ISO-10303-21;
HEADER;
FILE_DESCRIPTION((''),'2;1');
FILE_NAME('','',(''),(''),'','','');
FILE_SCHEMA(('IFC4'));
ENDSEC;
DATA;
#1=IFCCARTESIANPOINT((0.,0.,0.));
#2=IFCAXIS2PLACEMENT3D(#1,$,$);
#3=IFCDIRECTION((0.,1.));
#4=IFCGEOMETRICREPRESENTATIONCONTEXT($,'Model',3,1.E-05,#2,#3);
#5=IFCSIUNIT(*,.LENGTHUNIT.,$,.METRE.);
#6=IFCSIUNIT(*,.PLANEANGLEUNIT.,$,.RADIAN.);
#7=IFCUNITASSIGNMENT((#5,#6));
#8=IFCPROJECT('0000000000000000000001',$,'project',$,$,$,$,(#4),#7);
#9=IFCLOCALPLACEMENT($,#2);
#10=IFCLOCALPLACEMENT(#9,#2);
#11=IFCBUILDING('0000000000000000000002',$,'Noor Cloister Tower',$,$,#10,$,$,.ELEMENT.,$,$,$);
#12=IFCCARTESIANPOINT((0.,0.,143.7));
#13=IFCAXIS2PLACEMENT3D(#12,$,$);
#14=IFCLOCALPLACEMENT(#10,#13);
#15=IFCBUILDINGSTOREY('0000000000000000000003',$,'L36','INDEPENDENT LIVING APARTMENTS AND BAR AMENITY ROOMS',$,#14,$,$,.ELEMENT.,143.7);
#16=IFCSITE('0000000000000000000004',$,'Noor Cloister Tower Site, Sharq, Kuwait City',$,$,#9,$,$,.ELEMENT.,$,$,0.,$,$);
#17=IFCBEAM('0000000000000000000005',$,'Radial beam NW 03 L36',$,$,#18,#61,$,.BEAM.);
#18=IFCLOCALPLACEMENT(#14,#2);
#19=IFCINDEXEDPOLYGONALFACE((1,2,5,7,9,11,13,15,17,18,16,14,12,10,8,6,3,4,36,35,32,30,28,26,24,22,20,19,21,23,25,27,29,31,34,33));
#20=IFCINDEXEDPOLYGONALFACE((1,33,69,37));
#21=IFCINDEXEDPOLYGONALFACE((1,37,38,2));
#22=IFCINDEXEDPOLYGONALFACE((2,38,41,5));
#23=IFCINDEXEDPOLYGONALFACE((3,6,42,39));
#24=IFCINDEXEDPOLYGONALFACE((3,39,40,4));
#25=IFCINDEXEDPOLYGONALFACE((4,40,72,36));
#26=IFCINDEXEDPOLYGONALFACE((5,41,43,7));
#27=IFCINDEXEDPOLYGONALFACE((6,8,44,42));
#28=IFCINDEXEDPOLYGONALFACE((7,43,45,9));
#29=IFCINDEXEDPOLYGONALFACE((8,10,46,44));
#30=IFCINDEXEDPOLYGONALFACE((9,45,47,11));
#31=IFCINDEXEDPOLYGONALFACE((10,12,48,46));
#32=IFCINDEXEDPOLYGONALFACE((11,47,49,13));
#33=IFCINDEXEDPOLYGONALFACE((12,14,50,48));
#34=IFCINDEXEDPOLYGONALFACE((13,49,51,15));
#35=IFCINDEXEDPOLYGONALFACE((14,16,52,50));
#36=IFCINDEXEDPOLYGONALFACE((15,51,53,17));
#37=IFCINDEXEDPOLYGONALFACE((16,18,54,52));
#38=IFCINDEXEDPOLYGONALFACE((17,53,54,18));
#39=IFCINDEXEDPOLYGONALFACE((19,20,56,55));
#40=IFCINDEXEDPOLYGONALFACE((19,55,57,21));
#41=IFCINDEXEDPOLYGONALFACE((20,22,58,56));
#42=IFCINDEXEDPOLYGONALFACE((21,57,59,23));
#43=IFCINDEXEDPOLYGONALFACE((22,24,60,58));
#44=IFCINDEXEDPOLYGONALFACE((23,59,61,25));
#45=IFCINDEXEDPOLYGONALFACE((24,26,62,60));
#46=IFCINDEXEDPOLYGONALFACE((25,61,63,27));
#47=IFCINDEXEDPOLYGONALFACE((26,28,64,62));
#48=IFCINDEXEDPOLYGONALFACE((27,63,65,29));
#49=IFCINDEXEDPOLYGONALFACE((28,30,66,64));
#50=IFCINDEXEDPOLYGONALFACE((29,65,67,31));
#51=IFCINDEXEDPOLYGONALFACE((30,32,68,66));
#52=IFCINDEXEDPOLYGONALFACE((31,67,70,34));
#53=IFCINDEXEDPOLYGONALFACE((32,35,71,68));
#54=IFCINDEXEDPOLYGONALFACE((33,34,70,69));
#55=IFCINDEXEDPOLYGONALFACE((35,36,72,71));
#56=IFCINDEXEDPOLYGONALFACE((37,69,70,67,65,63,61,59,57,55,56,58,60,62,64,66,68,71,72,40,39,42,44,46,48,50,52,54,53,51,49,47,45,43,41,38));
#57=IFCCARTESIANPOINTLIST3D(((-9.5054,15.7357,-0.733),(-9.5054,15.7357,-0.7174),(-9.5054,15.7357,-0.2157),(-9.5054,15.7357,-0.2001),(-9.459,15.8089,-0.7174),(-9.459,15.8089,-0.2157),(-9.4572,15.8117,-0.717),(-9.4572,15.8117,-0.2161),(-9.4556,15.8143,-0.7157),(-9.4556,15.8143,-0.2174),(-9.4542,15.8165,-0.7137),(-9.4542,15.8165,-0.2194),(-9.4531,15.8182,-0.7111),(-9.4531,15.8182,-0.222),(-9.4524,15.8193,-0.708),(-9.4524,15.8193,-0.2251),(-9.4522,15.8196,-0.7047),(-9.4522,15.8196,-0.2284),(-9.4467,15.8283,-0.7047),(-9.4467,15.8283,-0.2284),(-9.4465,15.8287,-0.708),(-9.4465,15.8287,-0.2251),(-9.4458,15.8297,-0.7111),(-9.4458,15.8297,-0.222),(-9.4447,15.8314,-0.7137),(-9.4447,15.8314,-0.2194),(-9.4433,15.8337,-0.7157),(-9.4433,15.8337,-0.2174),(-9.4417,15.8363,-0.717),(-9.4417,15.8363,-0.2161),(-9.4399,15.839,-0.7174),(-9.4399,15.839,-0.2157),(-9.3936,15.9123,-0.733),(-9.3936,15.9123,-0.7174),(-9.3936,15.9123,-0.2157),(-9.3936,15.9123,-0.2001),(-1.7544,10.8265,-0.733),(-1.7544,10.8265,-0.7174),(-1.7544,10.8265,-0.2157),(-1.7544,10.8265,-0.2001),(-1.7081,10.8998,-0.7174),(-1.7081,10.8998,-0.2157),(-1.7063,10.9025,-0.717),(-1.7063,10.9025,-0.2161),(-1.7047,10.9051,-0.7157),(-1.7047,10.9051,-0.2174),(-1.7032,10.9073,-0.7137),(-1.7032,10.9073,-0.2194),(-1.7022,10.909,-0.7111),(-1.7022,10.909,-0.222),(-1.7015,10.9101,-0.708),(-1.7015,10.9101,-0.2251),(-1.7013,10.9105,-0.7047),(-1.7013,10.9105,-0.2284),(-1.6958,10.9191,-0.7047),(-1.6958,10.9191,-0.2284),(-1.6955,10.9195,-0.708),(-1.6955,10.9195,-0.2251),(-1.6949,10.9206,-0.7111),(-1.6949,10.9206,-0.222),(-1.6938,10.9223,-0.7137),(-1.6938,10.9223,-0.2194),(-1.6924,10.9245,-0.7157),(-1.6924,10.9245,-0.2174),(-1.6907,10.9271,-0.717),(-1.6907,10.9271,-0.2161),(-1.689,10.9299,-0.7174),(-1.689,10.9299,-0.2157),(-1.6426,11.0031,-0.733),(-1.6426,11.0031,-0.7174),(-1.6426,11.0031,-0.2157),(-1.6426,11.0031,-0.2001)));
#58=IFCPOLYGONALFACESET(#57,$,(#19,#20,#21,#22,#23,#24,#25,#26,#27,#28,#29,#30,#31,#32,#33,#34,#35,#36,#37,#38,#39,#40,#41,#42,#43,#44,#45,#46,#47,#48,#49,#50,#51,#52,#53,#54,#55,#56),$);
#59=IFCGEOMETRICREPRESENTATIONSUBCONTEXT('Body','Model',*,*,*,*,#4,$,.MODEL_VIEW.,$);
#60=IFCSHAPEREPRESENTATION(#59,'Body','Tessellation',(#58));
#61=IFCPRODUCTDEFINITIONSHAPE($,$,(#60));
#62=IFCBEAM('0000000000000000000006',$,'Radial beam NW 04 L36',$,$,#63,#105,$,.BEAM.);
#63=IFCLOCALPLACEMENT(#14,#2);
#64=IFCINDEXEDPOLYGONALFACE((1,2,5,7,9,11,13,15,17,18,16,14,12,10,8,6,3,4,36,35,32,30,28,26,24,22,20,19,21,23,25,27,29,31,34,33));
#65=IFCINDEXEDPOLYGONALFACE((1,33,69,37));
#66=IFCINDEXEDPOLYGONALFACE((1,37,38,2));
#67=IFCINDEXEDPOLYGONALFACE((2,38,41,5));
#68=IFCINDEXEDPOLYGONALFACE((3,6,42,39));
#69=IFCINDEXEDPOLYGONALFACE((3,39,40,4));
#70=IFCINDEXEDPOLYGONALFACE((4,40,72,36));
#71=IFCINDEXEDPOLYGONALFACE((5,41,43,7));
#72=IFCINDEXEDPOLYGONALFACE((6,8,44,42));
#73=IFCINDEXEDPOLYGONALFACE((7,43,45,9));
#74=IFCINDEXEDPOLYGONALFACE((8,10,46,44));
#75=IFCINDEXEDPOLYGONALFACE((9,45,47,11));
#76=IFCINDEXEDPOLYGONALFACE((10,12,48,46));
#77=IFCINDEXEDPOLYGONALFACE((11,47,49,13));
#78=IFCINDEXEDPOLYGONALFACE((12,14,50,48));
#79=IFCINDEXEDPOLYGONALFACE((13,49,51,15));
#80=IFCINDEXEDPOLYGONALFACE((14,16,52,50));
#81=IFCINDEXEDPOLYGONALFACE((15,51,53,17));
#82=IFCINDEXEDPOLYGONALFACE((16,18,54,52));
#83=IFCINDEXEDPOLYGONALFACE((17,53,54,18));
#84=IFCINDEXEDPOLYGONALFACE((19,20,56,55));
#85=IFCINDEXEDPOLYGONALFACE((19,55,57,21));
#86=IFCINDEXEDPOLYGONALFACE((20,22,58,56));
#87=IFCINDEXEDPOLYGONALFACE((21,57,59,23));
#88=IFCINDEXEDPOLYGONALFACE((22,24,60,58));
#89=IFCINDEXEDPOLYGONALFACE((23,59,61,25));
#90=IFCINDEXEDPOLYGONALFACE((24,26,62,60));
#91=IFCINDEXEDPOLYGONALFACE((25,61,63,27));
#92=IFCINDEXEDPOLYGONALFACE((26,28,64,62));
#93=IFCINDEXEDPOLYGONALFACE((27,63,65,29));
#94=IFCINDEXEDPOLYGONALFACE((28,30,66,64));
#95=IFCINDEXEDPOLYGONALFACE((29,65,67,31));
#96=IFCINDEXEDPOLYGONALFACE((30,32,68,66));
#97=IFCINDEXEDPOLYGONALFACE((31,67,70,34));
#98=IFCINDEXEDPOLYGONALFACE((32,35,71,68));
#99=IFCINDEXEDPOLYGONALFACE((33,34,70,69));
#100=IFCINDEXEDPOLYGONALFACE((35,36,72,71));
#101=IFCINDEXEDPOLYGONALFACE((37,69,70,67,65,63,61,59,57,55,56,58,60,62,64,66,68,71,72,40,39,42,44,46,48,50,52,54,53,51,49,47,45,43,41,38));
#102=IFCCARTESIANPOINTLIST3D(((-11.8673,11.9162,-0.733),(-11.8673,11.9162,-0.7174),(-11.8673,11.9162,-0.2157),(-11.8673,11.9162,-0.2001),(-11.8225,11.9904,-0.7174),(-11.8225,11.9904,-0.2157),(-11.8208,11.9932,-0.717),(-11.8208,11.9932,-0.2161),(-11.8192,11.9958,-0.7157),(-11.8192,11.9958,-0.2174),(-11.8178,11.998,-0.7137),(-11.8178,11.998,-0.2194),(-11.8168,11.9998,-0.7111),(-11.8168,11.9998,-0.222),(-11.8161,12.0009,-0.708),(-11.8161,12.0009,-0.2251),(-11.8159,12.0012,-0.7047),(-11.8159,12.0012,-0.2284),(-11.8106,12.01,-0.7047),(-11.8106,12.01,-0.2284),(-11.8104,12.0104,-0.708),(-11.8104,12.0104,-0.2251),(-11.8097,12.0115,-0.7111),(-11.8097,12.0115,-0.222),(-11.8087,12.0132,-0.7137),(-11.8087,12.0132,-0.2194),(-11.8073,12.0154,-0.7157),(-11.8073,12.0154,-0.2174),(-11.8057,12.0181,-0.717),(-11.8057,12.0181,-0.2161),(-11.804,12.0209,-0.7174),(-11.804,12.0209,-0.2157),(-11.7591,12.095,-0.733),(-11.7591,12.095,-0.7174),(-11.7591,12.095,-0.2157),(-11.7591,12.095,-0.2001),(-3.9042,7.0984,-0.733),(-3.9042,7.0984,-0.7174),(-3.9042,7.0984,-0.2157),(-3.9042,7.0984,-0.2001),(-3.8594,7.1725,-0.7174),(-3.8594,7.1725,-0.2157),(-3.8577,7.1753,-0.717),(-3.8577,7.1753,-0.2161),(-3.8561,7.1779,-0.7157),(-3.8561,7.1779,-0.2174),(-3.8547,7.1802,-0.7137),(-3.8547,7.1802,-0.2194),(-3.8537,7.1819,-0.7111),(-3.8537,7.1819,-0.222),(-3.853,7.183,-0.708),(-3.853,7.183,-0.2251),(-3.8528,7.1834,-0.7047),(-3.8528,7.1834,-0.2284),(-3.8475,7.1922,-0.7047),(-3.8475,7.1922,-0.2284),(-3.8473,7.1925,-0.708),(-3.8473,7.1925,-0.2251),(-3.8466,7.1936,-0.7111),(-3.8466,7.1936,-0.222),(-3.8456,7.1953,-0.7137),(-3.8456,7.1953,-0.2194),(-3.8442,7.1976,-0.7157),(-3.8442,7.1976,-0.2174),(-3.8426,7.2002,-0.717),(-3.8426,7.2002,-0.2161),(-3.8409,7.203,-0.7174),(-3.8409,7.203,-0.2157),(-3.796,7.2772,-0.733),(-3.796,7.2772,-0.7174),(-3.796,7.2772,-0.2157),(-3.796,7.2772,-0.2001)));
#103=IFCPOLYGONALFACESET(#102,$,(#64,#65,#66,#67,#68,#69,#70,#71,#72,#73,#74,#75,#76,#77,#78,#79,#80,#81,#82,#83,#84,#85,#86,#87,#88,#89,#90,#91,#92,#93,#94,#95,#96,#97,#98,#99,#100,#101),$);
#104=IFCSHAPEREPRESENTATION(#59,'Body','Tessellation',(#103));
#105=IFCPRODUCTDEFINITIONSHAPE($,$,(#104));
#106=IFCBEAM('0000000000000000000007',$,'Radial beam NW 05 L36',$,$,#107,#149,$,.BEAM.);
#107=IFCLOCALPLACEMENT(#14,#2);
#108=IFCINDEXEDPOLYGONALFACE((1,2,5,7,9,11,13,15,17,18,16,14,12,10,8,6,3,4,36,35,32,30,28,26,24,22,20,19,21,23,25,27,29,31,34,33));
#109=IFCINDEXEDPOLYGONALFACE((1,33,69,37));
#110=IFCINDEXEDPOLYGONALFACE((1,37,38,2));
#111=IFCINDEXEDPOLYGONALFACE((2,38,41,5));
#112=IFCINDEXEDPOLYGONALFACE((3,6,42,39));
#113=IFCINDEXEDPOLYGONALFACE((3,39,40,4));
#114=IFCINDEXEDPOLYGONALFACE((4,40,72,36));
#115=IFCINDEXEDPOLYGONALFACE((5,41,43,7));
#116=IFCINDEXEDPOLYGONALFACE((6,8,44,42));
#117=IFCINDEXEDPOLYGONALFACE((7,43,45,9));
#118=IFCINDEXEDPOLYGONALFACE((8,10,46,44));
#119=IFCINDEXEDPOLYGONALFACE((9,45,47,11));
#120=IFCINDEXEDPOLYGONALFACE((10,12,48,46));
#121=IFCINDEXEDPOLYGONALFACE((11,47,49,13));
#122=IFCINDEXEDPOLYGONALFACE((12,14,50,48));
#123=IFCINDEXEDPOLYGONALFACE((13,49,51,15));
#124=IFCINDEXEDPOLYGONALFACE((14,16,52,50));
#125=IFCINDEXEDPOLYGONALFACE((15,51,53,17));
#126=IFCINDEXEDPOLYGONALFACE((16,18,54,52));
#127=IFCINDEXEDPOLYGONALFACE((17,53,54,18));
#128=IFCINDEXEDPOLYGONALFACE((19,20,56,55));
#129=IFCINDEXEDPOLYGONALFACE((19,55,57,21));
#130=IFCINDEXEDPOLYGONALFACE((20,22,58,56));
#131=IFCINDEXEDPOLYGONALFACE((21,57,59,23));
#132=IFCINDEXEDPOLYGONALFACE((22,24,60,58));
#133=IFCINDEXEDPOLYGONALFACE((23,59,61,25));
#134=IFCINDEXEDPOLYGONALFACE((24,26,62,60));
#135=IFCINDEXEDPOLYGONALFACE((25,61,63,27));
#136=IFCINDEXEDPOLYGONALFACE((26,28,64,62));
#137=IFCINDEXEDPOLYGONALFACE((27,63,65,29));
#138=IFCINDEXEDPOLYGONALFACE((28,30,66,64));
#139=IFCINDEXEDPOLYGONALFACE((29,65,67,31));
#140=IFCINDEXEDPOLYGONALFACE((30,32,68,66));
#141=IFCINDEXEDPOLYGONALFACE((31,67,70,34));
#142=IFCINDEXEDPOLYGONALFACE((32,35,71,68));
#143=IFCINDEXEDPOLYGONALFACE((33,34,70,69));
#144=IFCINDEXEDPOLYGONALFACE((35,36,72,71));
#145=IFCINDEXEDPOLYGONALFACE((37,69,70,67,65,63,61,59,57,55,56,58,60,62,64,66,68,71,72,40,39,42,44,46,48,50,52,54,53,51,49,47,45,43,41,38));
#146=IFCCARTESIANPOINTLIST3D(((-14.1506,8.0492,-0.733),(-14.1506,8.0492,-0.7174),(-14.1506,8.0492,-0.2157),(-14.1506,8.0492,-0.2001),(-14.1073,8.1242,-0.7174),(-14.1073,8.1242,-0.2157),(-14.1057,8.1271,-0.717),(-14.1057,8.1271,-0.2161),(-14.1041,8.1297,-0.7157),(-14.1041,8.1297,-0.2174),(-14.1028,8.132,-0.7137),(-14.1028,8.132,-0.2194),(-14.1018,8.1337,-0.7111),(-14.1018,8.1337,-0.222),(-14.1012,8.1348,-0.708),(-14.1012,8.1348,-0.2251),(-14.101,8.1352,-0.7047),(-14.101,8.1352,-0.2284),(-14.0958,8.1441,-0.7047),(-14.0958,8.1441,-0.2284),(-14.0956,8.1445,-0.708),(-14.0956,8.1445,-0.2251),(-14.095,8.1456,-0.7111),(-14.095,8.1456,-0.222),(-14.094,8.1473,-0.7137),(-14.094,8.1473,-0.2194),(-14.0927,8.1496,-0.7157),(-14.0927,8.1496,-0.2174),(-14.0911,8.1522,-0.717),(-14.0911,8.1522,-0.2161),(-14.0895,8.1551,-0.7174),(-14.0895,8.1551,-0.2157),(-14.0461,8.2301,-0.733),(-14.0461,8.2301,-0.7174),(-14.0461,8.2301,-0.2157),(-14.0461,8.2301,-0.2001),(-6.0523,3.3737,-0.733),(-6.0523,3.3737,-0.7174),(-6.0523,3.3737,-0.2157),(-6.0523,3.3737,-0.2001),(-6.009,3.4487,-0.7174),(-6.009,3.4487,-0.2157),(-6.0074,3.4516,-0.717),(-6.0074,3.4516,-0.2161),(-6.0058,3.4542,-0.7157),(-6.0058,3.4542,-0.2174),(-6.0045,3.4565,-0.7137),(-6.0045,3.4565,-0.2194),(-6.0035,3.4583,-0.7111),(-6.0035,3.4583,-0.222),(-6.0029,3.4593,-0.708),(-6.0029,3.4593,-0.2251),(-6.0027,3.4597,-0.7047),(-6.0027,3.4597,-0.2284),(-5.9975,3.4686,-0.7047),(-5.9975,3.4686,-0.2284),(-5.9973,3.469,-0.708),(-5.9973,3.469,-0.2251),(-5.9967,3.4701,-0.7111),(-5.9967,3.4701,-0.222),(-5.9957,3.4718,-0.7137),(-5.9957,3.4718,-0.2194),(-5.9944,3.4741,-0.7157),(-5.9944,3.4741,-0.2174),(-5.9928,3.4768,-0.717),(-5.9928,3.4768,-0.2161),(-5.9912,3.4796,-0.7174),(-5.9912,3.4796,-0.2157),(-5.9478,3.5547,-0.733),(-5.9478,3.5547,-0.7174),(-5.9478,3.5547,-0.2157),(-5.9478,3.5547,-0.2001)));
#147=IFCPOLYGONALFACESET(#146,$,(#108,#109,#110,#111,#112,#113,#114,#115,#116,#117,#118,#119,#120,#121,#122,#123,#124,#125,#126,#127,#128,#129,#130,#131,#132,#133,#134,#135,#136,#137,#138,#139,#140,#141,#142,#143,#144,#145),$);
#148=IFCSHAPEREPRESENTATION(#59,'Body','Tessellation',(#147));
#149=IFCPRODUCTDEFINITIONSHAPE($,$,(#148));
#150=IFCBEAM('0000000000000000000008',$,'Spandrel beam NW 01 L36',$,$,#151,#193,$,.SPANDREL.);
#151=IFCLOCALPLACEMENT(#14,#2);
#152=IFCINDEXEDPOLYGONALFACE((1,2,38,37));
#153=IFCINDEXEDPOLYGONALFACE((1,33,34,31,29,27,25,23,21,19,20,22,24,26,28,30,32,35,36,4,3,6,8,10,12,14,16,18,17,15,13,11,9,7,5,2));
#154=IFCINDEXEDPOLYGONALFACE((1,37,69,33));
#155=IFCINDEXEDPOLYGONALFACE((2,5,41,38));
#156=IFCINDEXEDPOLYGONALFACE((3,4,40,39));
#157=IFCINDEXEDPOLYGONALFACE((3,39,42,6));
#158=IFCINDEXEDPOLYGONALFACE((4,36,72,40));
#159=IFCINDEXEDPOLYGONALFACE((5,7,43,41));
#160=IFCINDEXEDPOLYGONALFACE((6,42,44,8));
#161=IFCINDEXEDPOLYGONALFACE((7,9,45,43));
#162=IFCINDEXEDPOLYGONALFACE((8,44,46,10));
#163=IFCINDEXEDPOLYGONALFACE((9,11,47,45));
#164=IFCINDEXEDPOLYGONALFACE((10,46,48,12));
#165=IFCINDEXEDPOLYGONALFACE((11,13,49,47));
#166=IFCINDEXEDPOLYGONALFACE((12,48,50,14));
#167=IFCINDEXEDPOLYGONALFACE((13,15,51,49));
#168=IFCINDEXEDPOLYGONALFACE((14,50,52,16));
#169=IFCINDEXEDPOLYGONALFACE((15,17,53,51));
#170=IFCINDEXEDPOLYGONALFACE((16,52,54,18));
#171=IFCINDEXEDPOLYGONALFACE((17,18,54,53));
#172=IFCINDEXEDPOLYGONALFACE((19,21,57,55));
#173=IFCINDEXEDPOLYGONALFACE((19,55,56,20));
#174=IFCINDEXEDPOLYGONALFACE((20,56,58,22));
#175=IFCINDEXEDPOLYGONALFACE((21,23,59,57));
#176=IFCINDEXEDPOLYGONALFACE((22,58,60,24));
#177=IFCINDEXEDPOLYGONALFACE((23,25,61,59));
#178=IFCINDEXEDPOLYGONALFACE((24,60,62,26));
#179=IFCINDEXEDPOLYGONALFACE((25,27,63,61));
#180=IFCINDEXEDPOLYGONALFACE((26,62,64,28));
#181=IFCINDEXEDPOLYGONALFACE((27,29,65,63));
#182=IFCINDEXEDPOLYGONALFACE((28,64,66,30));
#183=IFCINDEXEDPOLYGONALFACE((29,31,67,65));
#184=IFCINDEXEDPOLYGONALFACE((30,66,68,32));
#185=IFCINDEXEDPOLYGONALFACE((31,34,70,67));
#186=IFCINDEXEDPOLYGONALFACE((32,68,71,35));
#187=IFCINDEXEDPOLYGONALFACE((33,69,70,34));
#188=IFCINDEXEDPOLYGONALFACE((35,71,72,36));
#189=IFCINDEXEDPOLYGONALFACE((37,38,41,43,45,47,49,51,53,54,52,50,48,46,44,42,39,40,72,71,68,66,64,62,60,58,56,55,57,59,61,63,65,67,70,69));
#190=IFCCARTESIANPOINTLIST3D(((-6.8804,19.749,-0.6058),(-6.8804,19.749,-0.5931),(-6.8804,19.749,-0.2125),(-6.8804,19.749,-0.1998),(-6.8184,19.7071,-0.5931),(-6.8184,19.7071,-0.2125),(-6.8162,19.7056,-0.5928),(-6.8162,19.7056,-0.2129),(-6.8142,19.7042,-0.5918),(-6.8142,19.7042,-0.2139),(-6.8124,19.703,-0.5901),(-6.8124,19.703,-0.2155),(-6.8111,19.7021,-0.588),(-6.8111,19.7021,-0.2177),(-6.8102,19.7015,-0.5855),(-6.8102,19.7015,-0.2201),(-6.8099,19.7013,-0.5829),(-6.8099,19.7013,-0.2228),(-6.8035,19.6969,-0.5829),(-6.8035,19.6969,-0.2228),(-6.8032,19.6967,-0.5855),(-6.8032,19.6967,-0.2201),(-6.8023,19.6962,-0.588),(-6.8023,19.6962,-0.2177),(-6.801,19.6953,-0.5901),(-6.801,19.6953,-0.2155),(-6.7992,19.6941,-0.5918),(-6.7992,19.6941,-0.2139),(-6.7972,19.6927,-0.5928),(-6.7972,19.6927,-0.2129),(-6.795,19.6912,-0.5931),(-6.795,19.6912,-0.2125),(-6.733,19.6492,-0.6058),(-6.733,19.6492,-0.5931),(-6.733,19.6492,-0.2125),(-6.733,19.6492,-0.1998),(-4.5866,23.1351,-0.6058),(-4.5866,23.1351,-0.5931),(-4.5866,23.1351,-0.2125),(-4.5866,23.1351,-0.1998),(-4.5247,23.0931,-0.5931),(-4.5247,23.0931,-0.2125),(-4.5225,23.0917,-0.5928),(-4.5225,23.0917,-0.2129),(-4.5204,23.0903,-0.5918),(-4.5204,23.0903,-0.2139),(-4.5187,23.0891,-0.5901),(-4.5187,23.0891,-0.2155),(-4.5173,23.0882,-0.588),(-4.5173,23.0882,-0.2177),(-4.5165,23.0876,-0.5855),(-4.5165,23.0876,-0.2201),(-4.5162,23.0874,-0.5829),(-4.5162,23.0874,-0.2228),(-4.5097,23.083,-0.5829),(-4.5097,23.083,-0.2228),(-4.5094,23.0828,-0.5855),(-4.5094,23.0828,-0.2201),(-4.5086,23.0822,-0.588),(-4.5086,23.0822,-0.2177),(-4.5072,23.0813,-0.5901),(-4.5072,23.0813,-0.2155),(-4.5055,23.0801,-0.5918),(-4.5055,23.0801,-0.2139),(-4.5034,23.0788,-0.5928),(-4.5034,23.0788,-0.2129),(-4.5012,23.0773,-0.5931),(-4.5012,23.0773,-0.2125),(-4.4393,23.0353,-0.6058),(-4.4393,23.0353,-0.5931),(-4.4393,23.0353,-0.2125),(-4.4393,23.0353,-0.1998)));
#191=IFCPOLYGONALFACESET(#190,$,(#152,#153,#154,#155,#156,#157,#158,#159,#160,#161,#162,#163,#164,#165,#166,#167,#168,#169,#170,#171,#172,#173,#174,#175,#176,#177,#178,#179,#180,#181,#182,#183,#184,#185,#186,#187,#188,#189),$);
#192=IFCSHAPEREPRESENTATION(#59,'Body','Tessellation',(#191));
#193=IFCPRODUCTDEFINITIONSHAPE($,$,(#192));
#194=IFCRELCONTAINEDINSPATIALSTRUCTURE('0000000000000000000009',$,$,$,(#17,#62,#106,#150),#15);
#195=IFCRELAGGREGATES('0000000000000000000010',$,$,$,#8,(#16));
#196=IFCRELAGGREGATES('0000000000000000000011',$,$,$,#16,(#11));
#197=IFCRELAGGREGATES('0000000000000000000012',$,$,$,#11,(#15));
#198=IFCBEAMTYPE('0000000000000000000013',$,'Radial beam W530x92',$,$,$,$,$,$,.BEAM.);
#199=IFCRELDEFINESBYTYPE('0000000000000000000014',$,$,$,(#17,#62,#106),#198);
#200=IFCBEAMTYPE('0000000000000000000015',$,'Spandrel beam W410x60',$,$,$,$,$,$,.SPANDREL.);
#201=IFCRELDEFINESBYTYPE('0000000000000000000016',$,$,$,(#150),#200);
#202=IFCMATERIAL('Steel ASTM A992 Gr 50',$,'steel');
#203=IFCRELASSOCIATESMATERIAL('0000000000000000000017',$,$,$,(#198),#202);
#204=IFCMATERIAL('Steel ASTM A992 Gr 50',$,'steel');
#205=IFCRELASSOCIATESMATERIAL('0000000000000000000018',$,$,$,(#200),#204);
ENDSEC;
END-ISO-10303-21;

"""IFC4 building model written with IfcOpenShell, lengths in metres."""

from ifc_helpers import new_model, si_unit, direction, frame, origin, origin_2d, place, context, subcontext, project, spatial, i_section, extrude, material, material_profile, profile_set, type_object, element, save


model = new_model("IFC4")

# Units and contexts
model_context = context("Model", 3, precision=1e-05, world=origin(), true_north=direction((0.0, 1.0)))
body_context = subcontext(model_context, "Body", "Model", "MODEL_VIEW")
ifc_project = project(units=[si_unit("LENGTHUNIT", "METRE"), si_unit("PLANEANGLEUNIT", "RADIAN")], contexts=[model_context])

# Site, building, storey
site_placement = place(None, origin())
site = spatial("IfcSite", under=ifc_project, at=site_placement, Name="Noor Cloister Tower Site, Sharq, Kuwait City", CompositionType="ELEMENT", RefElevation=0.0)
building_placement = place(site_placement, origin())
building = spatial("IfcBuilding", under=site, at=building_placement, Name="Noor Cloister Tower", CompositionType="ELEMENT")
storey_placement = place(building_placement, frame((0.0, 0.0, 143.7)))
storey = spatial("IfcBuildingStorey", under=building, at=storey_placement, Name="L36", Description="INDEPENDENT LIVING APARTMENTS AND BAR AMENITY ROOMS", CompositionType="ELEMENT", Elevation=143.7)

# Beams
ifc_material_1 = material(Name="Steel ASTM A992 Gr 50", Category="steel")
ifc_material_profile_1 = material_profile(ifc_material_1, i_section(OverallWidth=0.209, OverallDepth=0.533, WebThickness=0.0103, FlangeThickness=0.0156, FilletRadius=0.0127, at=origin_2d()), Name="W530x92")
ifc_profile_set_1 = profile_set([ifc_material_profile_1], Name="Steel ASTM A992 Gr 50")
beam_type_1 = type_object("IfcBeamType", Name="Radial beam W530x92", PredefinedType="BEAM", material=ifc_profile_set_1)
beam_1_placement = place(storey_placement, frame((-9.4495, 15.824, -0.4666), z_axis=(0.844808, -0.53507, 0.0), x_axis=(0.53507, 0.844808, 0.0)))
element("IfcBeam", 1, at=beam_1_placement, inside=storey, type_object=beam_type_1, Name="Radial beam NW 03 L36", PredefinedType="BEAM", context=body_context, shape_type="SweptSolid", body=[
    extrude(i_section(OverallWidth=0.209, OverallDepth=0.533, WebThickness=0.0103, FlangeThickness=0.0156, FilletRadius=0.0127, at=origin_2d()), origin(), (0.0, 0.0, 1.0), 9.1748),
])
beam_2_placement = place(storey_placement, frame((-11.8132, 12.0056, -0.4666), z_axis=(0.855591, -0.517652, 0.0), x_axis=(0.517652, 0.855591, 0.0)))
element("IfcBeam", 2, at=beam_2_placement, inside=storey, type_object=beam_type_1, Name="Radial beam NW 04 L36", PredefinedType="BEAM", context=body_context, shape_type="SweptSolid", body=[
    extrude(i_section(OverallWidth=0.209, OverallDepth=0.533, WebThickness=0.0103, FlangeThickness=0.0156, FilletRadius=0.0127, at=origin_2d()), origin(), (0.0, 0.0, 1.0), 9.3071),
])
beam_3_placement = place(storey_placement, frame((-14.0984, 8.1396, -0.4666), z_axis=(0.866029, -0.499994, 0.0), x_axis=(0.499994, 0.866029, 0.0)))
element("IfcBeam", 3, at=beam_3_placement, inside=storey, type_object=beam_type_1, Name="Radial beam NW 05 L36", PredefinedType="BEAM", context=body_context, shape_type="SweptSolid", body=[
    extrude(i_section(OverallWidth=0.209, OverallDepth=0.533, WebThickness=0.0103, FlangeThickness=0.0156, FilletRadius=0.0127, at=origin_2d()), origin(), (0.0, 0.0, 1.0), 9.3511),
])
ifc_material_2 = material(Name="Steel ASTM A992 Gr 50", Category="steel")
ifc_material_profile_2 = material_profile(ifc_material_2, i_section(OverallWidth=0.178, OverallDepth=0.406, WebThickness=0.0078, FlangeThickness=0.0127, FilletRadius=0.0103, at=origin_2d()), Name="W410x60")
ifc_profile_set_2 = profile_set([ifc_material_profile_2], Name="Steel ASTM A992 Gr 50")
beam_type_2 = type_object("IfcBeamType", Name="Spandrel beam W410x60", PredefinedType="SPANDREL", material=ifc_profile_set_2)
beam_4_placement = place(storey_placement, frame((-4.5129, 23.0852, -0.4028), z_axis=(-0.560843, -0.827922, 0.0), x_axis=(0.827922, -0.560843, 0.0)))
element("IfcBeam", 4, at=beam_4_placement, inside=storey, type_object=beam_type_2, Name="Spandrel beam NW 01 L36", PredefinedType="SPANDREL", context=body_context, shape_type="SweptSolid", body=[
    extrude(i_section(OverallWidth=0.178, OverallDepth=0.406, WebThickness=0.0078, FlangeThickness=0.0127, FilletRadius=0.0103, at=origin_2d()), origin(), (0.0, 0.0, 1.0), 4.0898),
])

save(model, "model.ifc")
